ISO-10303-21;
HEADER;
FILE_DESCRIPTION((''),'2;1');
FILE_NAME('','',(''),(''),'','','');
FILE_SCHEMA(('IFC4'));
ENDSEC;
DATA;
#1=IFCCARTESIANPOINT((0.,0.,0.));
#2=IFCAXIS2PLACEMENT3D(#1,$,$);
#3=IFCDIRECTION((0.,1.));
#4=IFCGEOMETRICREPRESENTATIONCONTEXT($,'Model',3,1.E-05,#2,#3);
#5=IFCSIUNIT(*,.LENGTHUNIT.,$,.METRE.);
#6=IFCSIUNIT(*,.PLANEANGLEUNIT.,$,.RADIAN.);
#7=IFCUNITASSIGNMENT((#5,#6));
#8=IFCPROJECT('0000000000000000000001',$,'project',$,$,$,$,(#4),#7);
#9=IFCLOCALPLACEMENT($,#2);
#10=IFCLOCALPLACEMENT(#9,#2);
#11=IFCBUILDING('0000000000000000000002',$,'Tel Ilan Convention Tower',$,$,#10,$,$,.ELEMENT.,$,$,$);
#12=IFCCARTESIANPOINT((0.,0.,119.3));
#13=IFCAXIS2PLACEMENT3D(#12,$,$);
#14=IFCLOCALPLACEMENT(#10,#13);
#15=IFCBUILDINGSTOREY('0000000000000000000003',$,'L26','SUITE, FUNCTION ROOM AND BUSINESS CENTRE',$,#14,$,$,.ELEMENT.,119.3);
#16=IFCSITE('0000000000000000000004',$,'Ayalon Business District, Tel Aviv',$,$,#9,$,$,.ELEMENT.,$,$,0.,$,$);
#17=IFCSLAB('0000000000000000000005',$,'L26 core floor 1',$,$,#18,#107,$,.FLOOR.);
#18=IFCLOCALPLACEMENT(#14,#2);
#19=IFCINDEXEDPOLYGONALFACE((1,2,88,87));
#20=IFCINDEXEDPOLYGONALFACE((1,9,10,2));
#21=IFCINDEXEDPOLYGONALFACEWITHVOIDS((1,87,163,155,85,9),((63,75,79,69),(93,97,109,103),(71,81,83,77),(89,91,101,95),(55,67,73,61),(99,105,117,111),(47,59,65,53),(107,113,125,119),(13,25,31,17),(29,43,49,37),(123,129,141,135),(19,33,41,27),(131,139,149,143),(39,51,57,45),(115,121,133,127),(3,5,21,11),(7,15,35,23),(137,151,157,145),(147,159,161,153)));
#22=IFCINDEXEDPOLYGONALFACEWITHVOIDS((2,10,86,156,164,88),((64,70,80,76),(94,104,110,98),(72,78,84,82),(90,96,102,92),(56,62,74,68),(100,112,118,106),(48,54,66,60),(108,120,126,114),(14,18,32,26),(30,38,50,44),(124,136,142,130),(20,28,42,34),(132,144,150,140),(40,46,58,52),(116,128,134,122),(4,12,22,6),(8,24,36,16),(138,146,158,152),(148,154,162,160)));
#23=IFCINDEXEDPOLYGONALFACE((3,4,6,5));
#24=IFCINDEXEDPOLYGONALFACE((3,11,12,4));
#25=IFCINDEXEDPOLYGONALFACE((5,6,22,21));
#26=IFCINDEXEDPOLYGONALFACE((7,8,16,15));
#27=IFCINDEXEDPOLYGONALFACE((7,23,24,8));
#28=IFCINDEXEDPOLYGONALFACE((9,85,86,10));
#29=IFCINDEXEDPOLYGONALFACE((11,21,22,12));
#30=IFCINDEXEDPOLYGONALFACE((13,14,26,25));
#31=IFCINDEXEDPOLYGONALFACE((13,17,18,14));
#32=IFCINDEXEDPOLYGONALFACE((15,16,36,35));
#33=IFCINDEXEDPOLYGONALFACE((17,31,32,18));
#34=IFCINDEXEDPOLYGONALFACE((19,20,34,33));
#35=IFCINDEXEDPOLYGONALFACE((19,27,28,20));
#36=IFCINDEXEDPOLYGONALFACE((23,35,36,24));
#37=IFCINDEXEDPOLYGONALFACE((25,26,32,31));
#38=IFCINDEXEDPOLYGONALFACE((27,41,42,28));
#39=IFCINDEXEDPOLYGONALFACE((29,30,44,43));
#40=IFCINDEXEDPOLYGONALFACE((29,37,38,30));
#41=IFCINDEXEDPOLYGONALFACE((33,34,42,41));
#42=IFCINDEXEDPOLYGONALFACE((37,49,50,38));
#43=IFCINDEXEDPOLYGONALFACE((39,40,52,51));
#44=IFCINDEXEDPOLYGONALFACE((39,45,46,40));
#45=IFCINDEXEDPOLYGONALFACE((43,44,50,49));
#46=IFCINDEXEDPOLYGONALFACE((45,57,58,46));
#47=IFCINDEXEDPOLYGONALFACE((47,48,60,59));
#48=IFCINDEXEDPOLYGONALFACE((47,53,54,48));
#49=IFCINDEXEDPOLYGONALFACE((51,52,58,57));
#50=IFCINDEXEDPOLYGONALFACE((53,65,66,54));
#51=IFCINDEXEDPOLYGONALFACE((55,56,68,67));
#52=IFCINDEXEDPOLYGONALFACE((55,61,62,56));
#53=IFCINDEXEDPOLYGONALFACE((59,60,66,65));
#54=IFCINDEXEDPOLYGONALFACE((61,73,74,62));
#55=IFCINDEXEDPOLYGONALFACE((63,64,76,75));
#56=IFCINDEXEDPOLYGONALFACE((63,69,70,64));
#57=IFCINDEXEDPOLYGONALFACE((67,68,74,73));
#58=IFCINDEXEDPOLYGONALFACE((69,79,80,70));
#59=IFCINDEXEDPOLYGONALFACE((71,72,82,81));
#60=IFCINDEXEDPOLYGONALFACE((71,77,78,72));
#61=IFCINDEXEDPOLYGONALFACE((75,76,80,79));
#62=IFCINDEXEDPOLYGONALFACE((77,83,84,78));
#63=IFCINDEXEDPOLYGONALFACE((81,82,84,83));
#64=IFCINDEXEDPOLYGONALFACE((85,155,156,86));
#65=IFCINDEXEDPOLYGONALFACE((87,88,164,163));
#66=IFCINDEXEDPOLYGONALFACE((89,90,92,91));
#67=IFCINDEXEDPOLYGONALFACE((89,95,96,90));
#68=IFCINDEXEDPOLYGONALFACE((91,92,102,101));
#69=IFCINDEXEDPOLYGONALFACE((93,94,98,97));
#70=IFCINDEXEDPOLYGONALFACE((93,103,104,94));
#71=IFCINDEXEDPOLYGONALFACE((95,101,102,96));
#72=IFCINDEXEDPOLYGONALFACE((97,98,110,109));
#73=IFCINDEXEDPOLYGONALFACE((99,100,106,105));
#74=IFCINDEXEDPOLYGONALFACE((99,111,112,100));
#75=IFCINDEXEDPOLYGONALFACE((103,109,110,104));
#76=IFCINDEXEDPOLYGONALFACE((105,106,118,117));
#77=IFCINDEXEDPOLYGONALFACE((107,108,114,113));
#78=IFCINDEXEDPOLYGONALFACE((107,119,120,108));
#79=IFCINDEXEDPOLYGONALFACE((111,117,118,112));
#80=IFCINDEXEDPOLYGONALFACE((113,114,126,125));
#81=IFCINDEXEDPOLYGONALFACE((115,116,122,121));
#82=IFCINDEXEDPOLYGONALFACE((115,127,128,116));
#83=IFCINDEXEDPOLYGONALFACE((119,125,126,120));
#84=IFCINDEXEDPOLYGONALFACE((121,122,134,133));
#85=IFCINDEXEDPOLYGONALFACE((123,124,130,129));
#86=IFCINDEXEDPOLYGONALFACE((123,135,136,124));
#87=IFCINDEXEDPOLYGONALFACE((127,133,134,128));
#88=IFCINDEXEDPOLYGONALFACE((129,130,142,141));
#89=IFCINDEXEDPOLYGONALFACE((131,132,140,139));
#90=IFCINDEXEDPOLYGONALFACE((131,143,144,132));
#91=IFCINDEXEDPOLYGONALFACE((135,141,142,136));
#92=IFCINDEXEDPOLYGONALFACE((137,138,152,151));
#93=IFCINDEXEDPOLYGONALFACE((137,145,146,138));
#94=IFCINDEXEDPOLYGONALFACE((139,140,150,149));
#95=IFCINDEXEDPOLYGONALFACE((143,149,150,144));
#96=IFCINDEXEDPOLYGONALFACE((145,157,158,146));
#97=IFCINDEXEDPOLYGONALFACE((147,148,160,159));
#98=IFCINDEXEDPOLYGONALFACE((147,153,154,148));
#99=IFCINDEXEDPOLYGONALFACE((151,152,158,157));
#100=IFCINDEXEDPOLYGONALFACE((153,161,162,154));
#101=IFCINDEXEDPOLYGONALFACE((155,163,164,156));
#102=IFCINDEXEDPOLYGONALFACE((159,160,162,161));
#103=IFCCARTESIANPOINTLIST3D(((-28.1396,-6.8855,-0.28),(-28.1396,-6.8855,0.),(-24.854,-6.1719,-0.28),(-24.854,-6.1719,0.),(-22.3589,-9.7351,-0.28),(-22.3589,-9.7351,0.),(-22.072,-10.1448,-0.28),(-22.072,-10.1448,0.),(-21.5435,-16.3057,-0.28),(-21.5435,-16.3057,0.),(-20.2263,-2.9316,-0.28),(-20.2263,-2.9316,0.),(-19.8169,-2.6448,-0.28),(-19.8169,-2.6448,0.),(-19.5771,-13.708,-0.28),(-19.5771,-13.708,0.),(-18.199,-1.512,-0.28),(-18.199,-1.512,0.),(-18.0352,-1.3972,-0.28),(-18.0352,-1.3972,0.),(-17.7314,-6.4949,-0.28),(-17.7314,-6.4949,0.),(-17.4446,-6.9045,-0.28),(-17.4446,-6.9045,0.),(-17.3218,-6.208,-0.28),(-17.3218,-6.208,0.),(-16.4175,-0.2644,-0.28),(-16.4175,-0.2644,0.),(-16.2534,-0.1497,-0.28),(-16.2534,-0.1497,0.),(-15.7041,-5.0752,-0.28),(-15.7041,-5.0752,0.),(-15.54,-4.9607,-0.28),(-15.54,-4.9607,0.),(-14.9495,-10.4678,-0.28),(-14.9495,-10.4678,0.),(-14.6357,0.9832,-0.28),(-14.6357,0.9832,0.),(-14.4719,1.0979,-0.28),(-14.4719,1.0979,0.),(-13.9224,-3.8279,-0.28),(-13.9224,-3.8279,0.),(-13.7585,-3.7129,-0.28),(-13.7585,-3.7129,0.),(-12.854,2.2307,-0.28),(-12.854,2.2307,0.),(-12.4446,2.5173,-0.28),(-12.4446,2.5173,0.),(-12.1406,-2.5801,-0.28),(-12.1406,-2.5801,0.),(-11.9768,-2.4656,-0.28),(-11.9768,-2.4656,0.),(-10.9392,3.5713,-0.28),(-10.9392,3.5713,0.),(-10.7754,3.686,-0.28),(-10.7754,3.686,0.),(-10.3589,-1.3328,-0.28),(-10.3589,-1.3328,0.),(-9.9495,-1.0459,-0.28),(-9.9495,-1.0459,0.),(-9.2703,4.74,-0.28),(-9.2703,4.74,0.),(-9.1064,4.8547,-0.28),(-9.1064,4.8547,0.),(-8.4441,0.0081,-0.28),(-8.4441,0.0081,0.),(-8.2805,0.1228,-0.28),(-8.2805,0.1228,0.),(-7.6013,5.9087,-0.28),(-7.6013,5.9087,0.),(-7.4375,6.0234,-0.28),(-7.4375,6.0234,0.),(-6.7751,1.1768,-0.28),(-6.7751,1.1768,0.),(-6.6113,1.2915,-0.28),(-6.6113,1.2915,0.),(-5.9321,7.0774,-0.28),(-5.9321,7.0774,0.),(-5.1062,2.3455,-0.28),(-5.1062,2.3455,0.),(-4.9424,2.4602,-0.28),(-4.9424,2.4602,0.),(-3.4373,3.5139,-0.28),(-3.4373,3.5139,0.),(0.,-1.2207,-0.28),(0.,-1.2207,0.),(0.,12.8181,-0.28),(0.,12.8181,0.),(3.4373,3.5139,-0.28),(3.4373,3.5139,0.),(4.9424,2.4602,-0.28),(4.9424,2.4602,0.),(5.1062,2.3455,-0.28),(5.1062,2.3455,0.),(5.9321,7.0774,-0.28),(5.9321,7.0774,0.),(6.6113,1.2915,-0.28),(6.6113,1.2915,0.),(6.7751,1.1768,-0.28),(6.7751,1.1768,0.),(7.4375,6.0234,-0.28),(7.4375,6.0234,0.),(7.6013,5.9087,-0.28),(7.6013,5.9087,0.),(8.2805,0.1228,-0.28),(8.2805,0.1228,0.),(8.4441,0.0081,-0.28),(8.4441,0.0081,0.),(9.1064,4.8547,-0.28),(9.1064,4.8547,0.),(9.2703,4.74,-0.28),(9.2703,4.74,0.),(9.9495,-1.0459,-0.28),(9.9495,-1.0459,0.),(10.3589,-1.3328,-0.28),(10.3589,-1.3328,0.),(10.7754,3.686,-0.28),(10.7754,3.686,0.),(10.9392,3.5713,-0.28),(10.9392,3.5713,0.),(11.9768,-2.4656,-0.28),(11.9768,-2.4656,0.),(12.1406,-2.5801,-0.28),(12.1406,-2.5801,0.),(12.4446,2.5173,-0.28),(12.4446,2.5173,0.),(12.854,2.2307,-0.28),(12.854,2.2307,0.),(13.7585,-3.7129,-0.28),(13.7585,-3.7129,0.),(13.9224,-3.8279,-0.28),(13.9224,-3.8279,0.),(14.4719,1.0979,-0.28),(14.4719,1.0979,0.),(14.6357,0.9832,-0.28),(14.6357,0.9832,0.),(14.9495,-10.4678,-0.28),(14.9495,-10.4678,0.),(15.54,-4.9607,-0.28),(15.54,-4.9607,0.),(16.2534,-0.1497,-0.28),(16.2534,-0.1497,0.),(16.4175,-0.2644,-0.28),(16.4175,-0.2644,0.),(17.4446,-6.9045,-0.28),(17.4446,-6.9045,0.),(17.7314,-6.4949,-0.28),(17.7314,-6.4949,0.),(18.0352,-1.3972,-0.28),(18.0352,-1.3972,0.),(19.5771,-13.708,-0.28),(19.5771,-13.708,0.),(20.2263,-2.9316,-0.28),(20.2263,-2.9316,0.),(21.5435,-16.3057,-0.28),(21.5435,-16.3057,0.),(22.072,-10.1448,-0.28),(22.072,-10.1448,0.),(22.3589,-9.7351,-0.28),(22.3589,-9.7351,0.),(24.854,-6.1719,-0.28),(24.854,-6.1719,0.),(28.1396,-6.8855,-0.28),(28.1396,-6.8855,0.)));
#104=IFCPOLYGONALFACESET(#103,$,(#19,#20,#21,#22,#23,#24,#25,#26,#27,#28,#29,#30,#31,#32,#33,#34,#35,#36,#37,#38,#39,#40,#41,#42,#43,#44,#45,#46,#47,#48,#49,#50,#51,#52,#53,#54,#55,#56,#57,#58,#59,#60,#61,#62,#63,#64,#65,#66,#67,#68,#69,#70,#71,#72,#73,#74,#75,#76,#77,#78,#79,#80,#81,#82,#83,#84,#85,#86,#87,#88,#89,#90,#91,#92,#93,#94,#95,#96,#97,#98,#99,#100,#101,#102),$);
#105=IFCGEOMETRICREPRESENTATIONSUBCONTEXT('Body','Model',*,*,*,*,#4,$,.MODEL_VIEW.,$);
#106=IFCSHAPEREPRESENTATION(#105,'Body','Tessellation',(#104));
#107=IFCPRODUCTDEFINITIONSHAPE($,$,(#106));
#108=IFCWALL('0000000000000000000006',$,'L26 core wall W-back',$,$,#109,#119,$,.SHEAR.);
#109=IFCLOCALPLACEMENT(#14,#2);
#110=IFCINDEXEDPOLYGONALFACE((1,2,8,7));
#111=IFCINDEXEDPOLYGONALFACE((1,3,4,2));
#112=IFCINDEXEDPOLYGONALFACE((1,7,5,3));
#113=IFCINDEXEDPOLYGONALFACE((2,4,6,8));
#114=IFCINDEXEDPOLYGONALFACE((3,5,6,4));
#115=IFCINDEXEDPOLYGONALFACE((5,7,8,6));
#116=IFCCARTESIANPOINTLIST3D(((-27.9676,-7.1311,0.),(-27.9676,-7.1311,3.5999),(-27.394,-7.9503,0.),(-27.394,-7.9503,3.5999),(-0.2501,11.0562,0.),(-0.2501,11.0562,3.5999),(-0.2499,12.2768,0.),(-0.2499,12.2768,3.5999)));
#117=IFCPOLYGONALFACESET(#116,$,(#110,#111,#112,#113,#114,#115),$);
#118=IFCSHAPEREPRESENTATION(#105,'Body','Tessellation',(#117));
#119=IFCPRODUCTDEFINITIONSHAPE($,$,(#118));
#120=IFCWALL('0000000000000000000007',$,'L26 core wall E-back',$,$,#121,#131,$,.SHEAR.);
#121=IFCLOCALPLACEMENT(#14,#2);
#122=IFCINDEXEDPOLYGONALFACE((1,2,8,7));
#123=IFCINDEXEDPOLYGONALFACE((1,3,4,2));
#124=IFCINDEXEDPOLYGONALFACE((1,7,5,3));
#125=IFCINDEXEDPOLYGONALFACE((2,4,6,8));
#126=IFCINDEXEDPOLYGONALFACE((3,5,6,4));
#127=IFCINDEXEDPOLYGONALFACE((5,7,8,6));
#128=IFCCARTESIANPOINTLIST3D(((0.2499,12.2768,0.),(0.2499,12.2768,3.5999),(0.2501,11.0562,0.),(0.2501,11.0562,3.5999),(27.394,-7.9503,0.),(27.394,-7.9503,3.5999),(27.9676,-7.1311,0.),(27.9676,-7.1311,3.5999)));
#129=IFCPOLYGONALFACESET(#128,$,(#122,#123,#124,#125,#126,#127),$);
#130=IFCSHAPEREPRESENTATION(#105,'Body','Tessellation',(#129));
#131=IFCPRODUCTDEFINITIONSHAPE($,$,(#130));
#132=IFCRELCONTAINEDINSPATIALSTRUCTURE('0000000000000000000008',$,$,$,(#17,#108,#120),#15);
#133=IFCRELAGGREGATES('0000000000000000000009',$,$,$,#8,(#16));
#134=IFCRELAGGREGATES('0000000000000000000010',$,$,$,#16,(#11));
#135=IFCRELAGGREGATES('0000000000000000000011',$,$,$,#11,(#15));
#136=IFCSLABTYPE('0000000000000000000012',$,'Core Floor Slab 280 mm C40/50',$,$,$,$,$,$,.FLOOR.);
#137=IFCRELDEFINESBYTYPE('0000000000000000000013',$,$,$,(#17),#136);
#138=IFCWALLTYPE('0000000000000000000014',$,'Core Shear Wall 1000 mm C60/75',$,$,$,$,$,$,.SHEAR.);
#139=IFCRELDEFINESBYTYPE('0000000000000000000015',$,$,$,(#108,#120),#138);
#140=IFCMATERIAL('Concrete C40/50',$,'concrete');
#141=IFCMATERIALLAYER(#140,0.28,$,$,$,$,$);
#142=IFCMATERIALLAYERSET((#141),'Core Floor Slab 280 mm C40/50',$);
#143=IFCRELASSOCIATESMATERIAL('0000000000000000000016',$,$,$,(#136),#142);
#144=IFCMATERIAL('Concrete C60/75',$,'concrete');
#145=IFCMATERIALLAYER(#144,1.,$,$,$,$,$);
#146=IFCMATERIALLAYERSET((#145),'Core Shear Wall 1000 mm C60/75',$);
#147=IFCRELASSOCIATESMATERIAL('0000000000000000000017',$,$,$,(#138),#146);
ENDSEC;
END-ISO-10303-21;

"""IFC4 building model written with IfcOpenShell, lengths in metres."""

from ifc_helpers import new_model, si_unit, direction, frame, origin, place, context, subcontext, project, spatial, polyline, outline, extrude, material, layer, layer_set, type_object, element, save


model = new_model("IFC4")

# Units and contexts
model_context = context("Model", 3, precision=1e-05, world=origin(), true_north=direction((0.0, 1.0)))
body_context = subcontext(model_context, "Body", "Model", "MODEL_VIEW")
ifc_project = project(units=[si_unit("LENGTHUNIT", "METRE"), si_unit("PLANEANGLEUNIT", "RADIAN")], contexts=[model_context])

# Site, building, storey
site_placement = place(None, origin())
site = spatial("IfcSite", under=ifc_project, at=site_placement, Name="Ayalon Business District, Tel Aviv", CompositionType="ELEMENT", RefElevation=0.0)
building_placement = place(site_placement, origin())
building = spatial("IfcBuilding", under=site, at=building_placement, Name="Tel Ilan Convention Tower", CompositionType="ELEMENT")
storey_placement = place(building_placement, frame((0.0, 0.0, 119.3)))
storey = spatial("IfcBuildingStorey", under=building, at=storey_placement, Name="L26", Description="SUITE, FUNCTION ROOM AND BUSINESS CENTRE", CompositionType="ELEMENT", Elevation=119.3)

# Slab
ifc_material_1 = material(Name="Concrete C40/50", Category="concrete")
ifc_layer_1 = layer(ifc_material_1, 0.28)
ifc_layer_set_1 = layer_set([ifc_layer_1], Name="Core Floor Slab 280 mm C40/50")
slab_type_1 = type_object("IfcSlabType", Name="Core Floor Slab 280 mm C40/50", PredefinedType="FLOOR", material=ifc_layer_set_1)
slab_1_placement = place(storey_placement, frame((0.0, 0.0, -0.28)))
element("IfcSlab", 1, at=slab_1_placement, inside=storey, type_object=slab_type_1, Name="L26 core floor 1", PredefinedType="FLOOR", context=body_context, shape_type="SweptSolid", body=[
    extrude(outline(polyline([(-28.1396, -6.8855), (0.0, 12.8181), (28.1396, -6.8855), (21.5435, -16.3057), (0.0, -1.2207), (-21.5435, -16.3057), (-28.1396, -6.8855)]), holes=[polyline([(-14.9495, -10.4678), (-17.4446, -6.9045), (-22.072, -10.1448), (-19.5771, -13.708), (-14.9495, -10.4678)]), polyline([(-17.7314, -6.4949), (-20.2263, -2.9316), (-24.854, -6.1719), (-22.3589, -9.7351), (-17.7314, -6.4949)]), polyline([(-18.199, -1.512), (-19.8169, -2.6448), (-17.3218, -6.208), (-15.7041, -5.0752), (-18.199, -1.512)]), polyline([(-16.4175, -0.2644), (-18.0352, -1.3972), (-15.54, -4.9607), (-13.9224, -3.8279), (-16.4175, -0.2644)]), polyline([(-14.6357, 0.9832), (-16.2534, -0.1497), (-13.7585, -3.7129), (-12.1406, -2.5801), (-14.6357, 0.9832)]), polyline([(-12.854, 2.2307), (-14.4719, 1.0979), (-11.9768, -2.4656), (-10.3589, -1.3328), (-12.854, 2.2307)]), polyline([(-10.9392, 3.5713), (-12.4446, 2.5173), (-9.9495, -1.0459), (-8.4441, 0.0081), (-10.9392, 3.5713)]), polyline([(-6.7751, 1.1768), (-9.2703, 4.74), (-10.7754, 3.686), (-8.2805, 0.1228), (-6.7751, 1.1768)]), polyline([(-5.1062, 2.3455), (-7.6013, 5.9087), (-9.1064, 4.8547), (-6.6113, 1.2915), (-5.1062, 2.3455)]), polyline([(-5.9321, 7.0774), (-7.4375, 6.0234), (-4.9424, 2.4602), (-3.4373, 3.5139), (-5.9321, 7.0774)]), polyline([(17.4446, -6.9045), (14.9495, -10.4678), (19.5771, -13.708), (22.072, -10.1448), (17.4446, -6.9045)]), polyline([(20.2263, -2.9316), (17.7314, -6.4949), (22.3589, -9.7351), (24.854, -6.1719), (20.2263, -2.9316)]), polyline([(13.9224, -3.8279), (15.54, -4.9607), (18.0352, -1.3972), (16.4175, -0.2644), (13.9224, -3.8279)]), polyline([(12.1406, -2.5801), (13.7585, -3.7129), (16.2534, -0.1497), (14.6357, 0.9832), (12.1406, -2.5801)]), polyline([(11.9768, -2.4656), (14.4719, 1.0979), (12.854, 2.2307), (10.3589, -1.3328), (11.9768, -2.4656)]), polyline([(9.9495, -1.0459), (12.4446, 2.5173), (10.9392, 3.5713), (8.4441, 0.0081), (9.9495, -1.0459)]), polyline([(8.2805, 0.1228), (10.7754, 3.686), (9.2703, 4.74), (6.7751, 1.1768), (8.2805, 0.1228)]), polyline([(5.1062, 2.3455), (6.6113, 1.2915), (9.1064, 4.8547), (7.6013, 5.9087), (5.1062, 2.3455)]), polyline([(3.4373, 3.5139), (4.9424, 2.4602), (7.4375, 6.0234), (5.9321, 7.0774), (3.4373, 3.5139)])]), origin(), (0.0, 0.0, 1.0), 0.28),
])

# Walls
ifc_material_2 = material(Name="Concrete C60/75", Category="concrete")
ifc_layer_2 = layer(ifc_material_2, 1.0)
ifc_layer_set_2 = layer_set([ifc_layer_2], Name="Core Shear Wall 1000 mm C60/75")
wall_type_1 = type_object("IfcWallType", Name="Core Shear Wall 1000 mm C60/75", PredefinedType="SHEAR", material=ifc_layer_set_2)
wall_1_placement = place(storey_placement, frame((0.0369, 11.8672, 0.0), z_axis=(0.0, 0.0, 1.0), x_axis=(-0.819155, -0.573572, 0.0)))
element("IfcWall", 2, at=wall_1_placement, inside=storey, type_object=wall_type_1, Name="L26 core wall W-back", PredefinedType="SHEAR", context=body_context, shape_type="SweptSolid", body=[
    extrude(outline(polyline([(33.8369, 0.5), (0.7002, 0.4998), (0.0, -0.5), (33.8369, -0.5), (33.8369, 0.5)])), origin(), (0.0, 0.0, 1.0), 3.5999),
])
wall_2_placement = place(storey_placement, frame((-0.0369, 11.8672, 0.0), z_axis=(0.0, 0.0, 1.0), x_axis=(0.819155, -0.573572, 0.0)))
element("IfcWall", 3, at=wall_2_placement, inside=storey, type_object=wall_type_1, Name="L26 core wall E-back", PredefinedType="SHEAR", context=body_context, shape_type="SweptSolid", body=[
    extrude(outline(polyline([(33.8369, 0.5), (0.0, 0.5), (0.7002, -0.4998), (33.8369, -0.5), (33.8369, 0.5)])), origin(), (0.0, 0.0, 1.0), 3.5999),
])

save(model, "model.ifc")
